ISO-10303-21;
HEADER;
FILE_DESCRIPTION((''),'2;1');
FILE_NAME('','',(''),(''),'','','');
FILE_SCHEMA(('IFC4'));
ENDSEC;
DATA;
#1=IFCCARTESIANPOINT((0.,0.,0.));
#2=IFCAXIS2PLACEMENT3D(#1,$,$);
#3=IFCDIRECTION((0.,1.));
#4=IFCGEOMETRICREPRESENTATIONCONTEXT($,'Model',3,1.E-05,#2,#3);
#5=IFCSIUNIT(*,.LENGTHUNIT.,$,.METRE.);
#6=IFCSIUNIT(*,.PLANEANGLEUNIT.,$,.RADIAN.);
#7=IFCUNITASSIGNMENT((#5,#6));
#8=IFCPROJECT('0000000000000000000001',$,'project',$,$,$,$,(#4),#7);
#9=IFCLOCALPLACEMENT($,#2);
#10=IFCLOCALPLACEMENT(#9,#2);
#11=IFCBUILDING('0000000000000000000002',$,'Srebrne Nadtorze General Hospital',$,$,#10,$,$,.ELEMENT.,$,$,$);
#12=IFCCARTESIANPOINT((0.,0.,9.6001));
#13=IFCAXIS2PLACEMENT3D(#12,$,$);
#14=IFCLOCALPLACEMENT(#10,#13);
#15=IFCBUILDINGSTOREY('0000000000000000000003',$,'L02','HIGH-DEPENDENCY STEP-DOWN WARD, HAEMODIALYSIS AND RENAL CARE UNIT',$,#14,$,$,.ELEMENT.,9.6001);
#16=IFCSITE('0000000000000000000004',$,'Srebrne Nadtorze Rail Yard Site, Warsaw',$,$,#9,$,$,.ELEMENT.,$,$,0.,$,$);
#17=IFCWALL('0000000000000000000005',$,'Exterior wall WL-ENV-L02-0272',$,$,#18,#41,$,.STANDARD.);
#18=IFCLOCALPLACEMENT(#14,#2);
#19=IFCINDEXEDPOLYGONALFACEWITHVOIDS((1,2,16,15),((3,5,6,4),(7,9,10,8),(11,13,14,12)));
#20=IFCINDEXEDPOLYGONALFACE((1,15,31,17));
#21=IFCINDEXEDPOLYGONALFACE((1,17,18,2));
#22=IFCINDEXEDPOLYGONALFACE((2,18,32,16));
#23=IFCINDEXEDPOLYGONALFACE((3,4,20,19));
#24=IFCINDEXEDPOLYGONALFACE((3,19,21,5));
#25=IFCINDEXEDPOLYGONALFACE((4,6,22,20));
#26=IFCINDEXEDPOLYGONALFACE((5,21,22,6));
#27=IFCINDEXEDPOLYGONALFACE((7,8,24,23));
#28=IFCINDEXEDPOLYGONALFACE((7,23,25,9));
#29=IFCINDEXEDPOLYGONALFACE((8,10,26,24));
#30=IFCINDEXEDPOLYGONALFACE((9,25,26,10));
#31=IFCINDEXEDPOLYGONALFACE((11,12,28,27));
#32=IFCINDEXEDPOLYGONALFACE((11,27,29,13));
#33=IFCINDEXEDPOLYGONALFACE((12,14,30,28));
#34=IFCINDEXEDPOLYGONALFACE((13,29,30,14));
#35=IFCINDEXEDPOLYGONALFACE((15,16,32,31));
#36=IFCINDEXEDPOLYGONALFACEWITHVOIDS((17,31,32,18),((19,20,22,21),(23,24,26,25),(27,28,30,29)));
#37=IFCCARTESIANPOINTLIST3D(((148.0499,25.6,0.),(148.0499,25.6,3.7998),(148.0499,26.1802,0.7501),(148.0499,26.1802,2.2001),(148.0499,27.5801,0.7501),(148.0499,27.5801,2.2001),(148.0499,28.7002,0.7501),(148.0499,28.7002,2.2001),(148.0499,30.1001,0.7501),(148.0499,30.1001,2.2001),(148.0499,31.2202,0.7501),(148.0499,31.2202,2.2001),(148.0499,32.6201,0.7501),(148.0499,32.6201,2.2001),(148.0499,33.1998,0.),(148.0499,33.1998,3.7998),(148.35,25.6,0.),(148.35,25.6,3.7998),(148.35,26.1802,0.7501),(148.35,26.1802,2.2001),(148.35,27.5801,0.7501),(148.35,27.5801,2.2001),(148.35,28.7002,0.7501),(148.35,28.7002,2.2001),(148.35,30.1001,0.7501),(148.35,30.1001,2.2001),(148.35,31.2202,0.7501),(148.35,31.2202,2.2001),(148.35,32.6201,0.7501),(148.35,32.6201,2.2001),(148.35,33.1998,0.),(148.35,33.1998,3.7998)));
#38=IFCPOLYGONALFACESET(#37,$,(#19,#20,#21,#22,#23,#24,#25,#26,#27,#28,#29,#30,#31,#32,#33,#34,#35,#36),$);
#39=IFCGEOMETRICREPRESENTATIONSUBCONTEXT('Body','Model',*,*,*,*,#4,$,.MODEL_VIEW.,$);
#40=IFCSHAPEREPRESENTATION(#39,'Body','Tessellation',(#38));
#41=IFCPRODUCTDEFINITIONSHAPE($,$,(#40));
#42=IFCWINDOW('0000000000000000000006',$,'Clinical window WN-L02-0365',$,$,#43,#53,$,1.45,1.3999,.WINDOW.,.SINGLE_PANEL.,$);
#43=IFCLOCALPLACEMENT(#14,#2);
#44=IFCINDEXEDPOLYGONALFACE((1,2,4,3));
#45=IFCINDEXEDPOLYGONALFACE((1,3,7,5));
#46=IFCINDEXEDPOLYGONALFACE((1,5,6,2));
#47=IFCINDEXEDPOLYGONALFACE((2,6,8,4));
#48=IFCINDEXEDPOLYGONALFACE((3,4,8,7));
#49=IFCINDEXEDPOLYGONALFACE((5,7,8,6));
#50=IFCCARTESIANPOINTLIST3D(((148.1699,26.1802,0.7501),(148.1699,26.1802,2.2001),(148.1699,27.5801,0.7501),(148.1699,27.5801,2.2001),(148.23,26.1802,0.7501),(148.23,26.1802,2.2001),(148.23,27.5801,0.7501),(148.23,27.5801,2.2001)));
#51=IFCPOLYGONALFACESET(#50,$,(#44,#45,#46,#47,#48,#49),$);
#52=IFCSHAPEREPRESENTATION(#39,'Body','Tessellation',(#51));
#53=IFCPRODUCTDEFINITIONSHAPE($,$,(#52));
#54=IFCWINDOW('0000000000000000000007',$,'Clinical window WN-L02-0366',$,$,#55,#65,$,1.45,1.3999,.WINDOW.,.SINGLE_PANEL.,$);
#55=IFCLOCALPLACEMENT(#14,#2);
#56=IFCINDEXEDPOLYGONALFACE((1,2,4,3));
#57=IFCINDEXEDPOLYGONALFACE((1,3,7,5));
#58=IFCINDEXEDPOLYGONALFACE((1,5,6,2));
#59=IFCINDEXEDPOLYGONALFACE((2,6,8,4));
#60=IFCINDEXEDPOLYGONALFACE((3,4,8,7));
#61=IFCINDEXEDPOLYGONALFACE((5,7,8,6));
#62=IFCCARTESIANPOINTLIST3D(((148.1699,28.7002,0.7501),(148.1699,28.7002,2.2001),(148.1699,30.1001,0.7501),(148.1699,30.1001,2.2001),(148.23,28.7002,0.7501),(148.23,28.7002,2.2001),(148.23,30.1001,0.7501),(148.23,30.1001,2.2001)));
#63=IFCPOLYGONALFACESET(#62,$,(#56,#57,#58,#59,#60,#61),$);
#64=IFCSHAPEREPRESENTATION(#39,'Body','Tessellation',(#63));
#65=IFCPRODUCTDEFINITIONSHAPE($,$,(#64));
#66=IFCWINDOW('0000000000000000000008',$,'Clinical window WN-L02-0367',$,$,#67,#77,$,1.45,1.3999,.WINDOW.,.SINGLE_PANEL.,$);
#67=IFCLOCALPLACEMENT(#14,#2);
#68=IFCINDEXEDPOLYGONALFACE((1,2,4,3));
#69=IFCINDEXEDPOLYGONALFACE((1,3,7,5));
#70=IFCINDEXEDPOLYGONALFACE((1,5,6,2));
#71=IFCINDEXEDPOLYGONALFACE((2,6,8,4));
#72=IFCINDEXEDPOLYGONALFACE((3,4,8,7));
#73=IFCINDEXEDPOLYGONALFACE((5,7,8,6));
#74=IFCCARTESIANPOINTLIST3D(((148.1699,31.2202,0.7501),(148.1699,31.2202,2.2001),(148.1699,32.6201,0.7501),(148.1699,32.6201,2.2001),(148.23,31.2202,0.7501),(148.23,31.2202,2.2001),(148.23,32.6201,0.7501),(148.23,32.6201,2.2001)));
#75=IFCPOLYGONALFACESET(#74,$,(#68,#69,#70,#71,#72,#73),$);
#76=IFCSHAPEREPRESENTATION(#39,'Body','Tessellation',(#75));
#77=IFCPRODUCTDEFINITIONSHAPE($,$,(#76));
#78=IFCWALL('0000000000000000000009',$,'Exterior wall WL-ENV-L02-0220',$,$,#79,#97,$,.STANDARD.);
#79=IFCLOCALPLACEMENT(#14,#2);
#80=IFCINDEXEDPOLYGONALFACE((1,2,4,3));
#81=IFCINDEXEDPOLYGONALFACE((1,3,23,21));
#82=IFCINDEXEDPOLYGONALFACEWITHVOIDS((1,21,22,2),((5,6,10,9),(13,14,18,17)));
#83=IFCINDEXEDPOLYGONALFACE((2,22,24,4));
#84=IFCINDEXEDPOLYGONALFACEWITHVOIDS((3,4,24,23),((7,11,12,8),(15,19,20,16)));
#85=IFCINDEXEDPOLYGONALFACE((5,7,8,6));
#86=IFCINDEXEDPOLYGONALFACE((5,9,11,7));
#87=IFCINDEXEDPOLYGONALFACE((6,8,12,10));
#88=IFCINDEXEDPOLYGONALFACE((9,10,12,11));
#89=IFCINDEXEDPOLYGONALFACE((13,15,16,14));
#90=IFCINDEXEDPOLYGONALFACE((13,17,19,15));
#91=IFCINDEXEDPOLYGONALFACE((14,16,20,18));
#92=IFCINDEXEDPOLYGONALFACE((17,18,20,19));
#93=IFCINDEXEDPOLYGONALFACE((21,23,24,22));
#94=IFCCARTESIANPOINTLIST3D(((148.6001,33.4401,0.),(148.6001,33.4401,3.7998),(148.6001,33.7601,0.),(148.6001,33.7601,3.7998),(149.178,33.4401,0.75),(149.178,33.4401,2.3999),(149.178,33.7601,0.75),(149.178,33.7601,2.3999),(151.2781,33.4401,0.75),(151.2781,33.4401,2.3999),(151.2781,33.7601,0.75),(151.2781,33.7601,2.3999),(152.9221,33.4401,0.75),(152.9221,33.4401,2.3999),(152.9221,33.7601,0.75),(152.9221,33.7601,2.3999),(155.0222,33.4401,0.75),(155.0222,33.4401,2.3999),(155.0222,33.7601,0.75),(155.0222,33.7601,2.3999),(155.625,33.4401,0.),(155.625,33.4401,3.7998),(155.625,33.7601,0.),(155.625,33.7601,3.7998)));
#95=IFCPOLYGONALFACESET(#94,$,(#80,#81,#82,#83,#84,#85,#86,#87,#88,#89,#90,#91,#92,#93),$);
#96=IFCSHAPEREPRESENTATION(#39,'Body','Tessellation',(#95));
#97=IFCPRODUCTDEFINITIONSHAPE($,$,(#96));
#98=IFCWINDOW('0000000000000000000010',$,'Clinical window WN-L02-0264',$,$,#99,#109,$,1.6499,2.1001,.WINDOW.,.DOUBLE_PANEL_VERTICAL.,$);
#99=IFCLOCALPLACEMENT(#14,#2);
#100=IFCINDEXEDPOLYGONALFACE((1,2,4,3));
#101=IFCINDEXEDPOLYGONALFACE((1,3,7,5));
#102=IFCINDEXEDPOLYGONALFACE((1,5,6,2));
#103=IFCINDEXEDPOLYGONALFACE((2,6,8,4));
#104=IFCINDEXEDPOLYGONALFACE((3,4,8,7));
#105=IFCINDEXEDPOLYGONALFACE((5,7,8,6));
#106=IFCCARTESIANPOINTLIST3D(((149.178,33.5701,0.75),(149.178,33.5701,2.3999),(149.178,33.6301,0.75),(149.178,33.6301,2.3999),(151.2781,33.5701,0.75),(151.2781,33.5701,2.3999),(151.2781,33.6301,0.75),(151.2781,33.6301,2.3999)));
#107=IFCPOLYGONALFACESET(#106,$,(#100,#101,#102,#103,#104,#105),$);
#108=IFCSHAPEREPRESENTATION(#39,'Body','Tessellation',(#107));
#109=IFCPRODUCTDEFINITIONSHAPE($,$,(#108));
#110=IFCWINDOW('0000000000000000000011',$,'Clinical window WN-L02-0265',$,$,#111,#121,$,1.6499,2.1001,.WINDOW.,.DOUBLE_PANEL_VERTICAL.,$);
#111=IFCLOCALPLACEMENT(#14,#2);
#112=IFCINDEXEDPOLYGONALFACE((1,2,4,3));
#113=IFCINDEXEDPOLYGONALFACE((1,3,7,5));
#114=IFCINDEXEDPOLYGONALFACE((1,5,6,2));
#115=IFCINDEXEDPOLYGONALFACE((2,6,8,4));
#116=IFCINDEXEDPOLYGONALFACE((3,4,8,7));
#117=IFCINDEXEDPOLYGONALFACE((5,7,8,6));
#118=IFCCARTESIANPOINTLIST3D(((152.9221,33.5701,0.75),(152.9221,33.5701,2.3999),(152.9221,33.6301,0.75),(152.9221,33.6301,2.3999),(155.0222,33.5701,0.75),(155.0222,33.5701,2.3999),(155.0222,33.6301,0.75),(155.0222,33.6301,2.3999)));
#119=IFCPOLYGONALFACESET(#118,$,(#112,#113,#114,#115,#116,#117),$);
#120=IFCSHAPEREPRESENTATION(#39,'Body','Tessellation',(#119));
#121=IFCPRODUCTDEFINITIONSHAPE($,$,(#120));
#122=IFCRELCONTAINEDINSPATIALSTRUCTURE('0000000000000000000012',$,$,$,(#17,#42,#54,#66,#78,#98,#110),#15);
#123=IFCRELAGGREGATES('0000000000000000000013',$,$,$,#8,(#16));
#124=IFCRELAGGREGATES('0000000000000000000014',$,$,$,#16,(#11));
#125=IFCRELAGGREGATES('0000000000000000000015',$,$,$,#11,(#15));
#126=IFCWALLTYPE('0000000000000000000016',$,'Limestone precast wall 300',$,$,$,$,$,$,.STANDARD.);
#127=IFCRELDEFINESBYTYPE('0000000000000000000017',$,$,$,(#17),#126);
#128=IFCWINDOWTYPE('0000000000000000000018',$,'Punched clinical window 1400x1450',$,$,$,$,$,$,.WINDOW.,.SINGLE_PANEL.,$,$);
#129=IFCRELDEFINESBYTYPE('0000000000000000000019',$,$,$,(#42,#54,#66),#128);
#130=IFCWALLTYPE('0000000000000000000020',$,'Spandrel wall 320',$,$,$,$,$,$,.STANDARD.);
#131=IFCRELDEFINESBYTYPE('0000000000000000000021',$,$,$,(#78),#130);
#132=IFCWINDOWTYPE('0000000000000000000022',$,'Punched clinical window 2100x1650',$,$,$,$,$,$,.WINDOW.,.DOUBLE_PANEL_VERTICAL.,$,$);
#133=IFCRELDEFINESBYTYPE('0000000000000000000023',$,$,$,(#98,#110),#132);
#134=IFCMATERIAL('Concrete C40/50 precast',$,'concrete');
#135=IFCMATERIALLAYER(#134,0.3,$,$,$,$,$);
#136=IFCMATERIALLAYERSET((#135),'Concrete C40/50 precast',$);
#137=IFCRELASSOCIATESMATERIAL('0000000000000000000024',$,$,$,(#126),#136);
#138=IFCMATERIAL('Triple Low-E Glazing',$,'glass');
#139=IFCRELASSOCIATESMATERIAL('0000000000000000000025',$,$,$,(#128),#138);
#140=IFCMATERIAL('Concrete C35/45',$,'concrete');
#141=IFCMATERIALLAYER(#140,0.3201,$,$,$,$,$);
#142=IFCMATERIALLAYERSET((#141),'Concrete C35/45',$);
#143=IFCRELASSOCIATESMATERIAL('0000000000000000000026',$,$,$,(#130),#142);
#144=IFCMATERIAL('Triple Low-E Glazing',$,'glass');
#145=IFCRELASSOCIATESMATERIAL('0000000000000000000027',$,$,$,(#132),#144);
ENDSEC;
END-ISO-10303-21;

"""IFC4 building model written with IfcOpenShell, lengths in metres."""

from ifc_helpers import new_model, si_unit, direction, frame, frame_2d, origin, place, context, subcontext, project, spatial, rectangle, extrude, material, layer, layer_set, type_object, element, fill, save


model = new_model("IFC4")

# Units and contexts
model_context = context("Model", 3, precision=1e-05, world=origin(), true_north=direction((0.0, 1.0)))
body_context = subcontext(model_context, "Body", "Model", "MODEL_VIEW")
ifc_project = project(units=[si_unit("LENGTHUNIT", "METRE"), si_unit("PLANEANGLEUNIT", "RADIAN")], contexts=[model_context])

# Site, building, storey
site_placement = place(None, origin())
site = spatial("IfcSite", under=ifc_project, at=site_placement, Name="Srebrne Nadtorze Rail Yard Site, Warsaw", CompositionType="ELEMENT", RefElevation=0.0)
building_placement = place(site_placement, origin())
building = spatial("IfcBuilding", under=site, at=building_placement, Name="Srebrne Nadtorze General Hospital", CompositionType="ELEMENT")
storey_placement = place(building_placement, frame((0.0, 0.0, 9.6001)))
storey = spatial("IfcBuildingStorey", under=building, at=storey_placement, Name="L02", Description="HIGH-DEPENDENCY STEP-DOWN WARD, HAEMODIALYSIS AND RENAL CARE UNIT", CompositionType="ELEMENT", Elevation=9.6001)

# Walls, openings, windows
ifc_material_1 = material(Name="Concrete C40/50 precast", Category="concrete")
ifc_layer_1 = layer(ifc_material_1, 0.3)
ifc_layer_set_1 = layer_set([ifc_layer_1], Name="Concrete C40/50 precast")
wall_type_1 = type_object("IfcWallType", Name="Limestone precast wall 300", PredefinedType="STANDARD", material=ifc_layer_set_1)
wall_1_placement = place(storey_placement, frame((148.2, 25.6001, 0.0), z_axis=(0.0, 0.0, 1.0), x_axis=(0.0, 1.0, 0.0)))
wall_1 = element("IfcWall", 1, at=wall_1_placement, inside=storey, type_object=wall_type_1, Name="Exterior wall WL-ENV-L02-0272", PredefinedType="STANDARD", context=body_context, shape_type="SweptSolid", body=[
    extrude(rectangle(XDim=7.5999, YDim=0.3, at=frame_2d((3.7998, 0.0))), origin(), (0.0, 0.0, 1.0), 3.7998),
])
opening_1_placement = place(wall_1_placement, frame((0.5801, 0.0, 0.75)))
opening_1 = element("IfcOpeningElement", 2, at=opening_1_placement, cuts=wall_1, PredefinedType="OPENING", context=body_context, shape_type="SweptSolid", body=[
    extrude(rectangle(XDim=1.3999, YDim=1.45, at=frame_2d((0.7, 0.7251))), frame((0.0, 0.1621, 0.0), z_axis=(0.0, -1.0, 0.0), x_axis=(1.0, 0.0, 0.0)), (0.0, 0.0, 1.0), 0.324),
])
opening_2_placement = place(wall_1_placement, frame((3.1001, 0.0, 0.75)))
opening_2 = element("IfcOpeningElement", 3, at=opening_2_placement, cuts=wall_1, PredefinedType="OPENING", context=body_context, shape_type="SweptSolid", body=[
    extrude(rectangle(XDim=1.3999, YDim=1.45, at=frame_2d((0.7, 0.7251))), frame((0.0, 0.1621, 0.0), z_axis=(0.0, -1.0, 0.0), x_axis=(1.0, 0.0, 0.0)), (0.0, 0.0, 1.0), 0.324),
])
opening_3_placement = place(wall_1_placement, frame((5.6201, 0.0, 0.75)))
opening_3 = element("IfcOpeningElement", 4, at=opening_3_placement, cuts=wall_1, PredefinedType="OPENING", context=body_context, shape_type="SweptSolid", body=[
    extrude(rectangle(XDim=1.3999, YDim=1.45, at=frame_2d((0.7, 0.7251))), frame((0.0, 0.1621, 0.0), z_axis=(0.0, -1.0, 0.0), x_axis=(1.0, 0.0, 0.0)), (0.0, 0.0, 1.0), 0.324),
])
ifc_material_2 = material(Name="Triple Low-E Glazing", Category="glass")
window_type_1 = type_object("IfcWindowType", Name="Punched clinical window 1400x1450", PartitioningType="SINGLE_PANEL", PredefinedType="WINDOW", material=ifc_material_2)
window_1_placement = place(opening_1_placement, origin())
window_1 = element("IfcWindow", 5, at=window_1_placement, inside=storey, type_object=window_type_1, Name="Clinical window WN-L02-0365", OverallHeight=1.45, OverallWidth=1.3999, PartitioningType="SINGLE_PANEL", PredefinedType="WINDOW", context=body_context, shape_type="SweptSolid", body=[
    extrude(rectangle(XDim=1.3999, YDim=1.45, at=frame_2d((0.7, 0.7251))), frame((0.0, 0.03, 0.0), z_axis=(0.0, -1.0, 0.0), x_axis=(1.0, 0.0, 0.0)), (0.0, 0.0, 1.0), 0.0601),
])
fill(opening_1, window_1)
window_2_placement = place(opening_2_placement, origin())
window_2 = element("IfcWindow", 6, at=window_2_placement, inside=storey, type_object=window_type_1, Name="Clinical window WN-L02-0366", OverallHeight=1.45, OverallWidth=1.3999, PartitioningType="SINGLE_PANEL", PredefinedType="WINDOW", context=body_context, shape_type="SweptSolid", body=[
    extrude(rectangle(XDim=1.3999, YDim=1.45, at=frame_2d((0.7, 0.7251))), frame((0.0, 0.03, 0.0), z_axis=(0.0, -1.0, 0.0), x_axis=(1.0, 0.0, 0.0)), (0.0, 0.0, 1.0), 0.0601),
])
fill(opening_2, window_2)
window_3_placement = place(opening_3_placement, origin())
window_3 = element("IfcWindow", 7, at=window_3_placement, inside=storey, type_object=window_type_1, Name="Clinical window WN-L02-0367", OverallHeight=1.45, OverallWidth=1.3999, PartitioningType="SINGLE_PANEL", PredefinedType="WINDOW", context=body_context, shape_type="SweptSolid", body=[
    extrude(rectangle(XDim=1.3999, YDim=1.45, at=frame_2d((0.7, 0.7251))), frame((0.0, 0.03, 0.0), z_axis=(0.0, -1.0, 0.0), x_axis=(1.0, 0.0, 0.0)), (0.0, 0.0, 1.0), 0.0601),
])
fill(opening_3, window_3)
ifc_material_3 = material(Name="Concrete C35/45", Category="concrete")
ifc_layer_2 = layer(ifc_material_3, 0.3201)
ifc_layer_set_2 = layer_set([ifc_layer_2], Name="Concrete C35/45")
wall_type_2 = type_object("IfcWallType", Name="Spandrel wall 320", PredefinedType="STANDARD", material=ifc_layer_set_2)
wall_2_placement = place(storey_placement, frame((148.6001, 33.6001, 0.0), z_axis=(0.0, 0.0, 1.0), x_axis=(1.0, 0.0, 0.0)))
wall_2 = element("IfcWall", 8, at=wall_2_placement, inside=storey, type_object=wall_type_2, Name="Exterior wall WL-ENV-L02-0220", PredefinedType="STANDARD", context=body_context, shape_type="SweptSolid", body=[
    extrude(rectangle(XDim=7.0249, YDim=0.3201, at=frame_2d((3.5125, 0.0))), origin(), (0.0, 0.0, 1.0), 3.7998),
])
opening_4_placement = place(wall_2_placement, frame((0.5779, 0.0, 0.75)))
opening_4 = element("IfcOpeningElement", 9, at=opening_4_placement, cuts=wall_2, PredefinedType="OPENING", context=body_context, shape_type="SweptSolid", body=[
    extrude(rectangle(XDim=2.1001, YDim=1.6499, at=frame_2d((1.05, 0.825))), frame((0.0, 0.1719, 0.0), z_axis=(0.0, -1.0, 0.0), x_axis=(1.0, 0.0, 0.0)), (0.0, 0.0, 1.0), 0.344),
])
opening_5_placement = place(wall_2_placement, frame((4.322, 0.0, 0.75)))
opening_5 = element("IfcOpeningElement", 10, at=opening_5_placement, cuts=wall_2, PredefinedType="OPENING", context=body_context, shape_type="SweptSolid", body=[
    extrude(rectangle(XDim=2.1001, YDim=1.6499, at=frame_2d((1.05, 0.825))), frame((0.0, 0.1719, 0.0), z_axis=(0.0, -1.0, 0.0), x_axis=(1.0, 0.0, 0.0)), (0.0, 0.0, 1.0), 0.344),
])
ifc_material_4 = material(Name="Triple Low-E Glazing", Category="glass")
window_type_2 = type_object("IfcWindowType", Name="Punched clinical window 2100x1650", PartitioningType="DOUBLE_PANEL_VERTICAL", PredefinedType="WINDOW", material=ifc_material_4)
window_4_placement = place(opening_4_placement, origin())
window_4 = element("IfcWindow", 11, at=window_4_placement, inside=storey, type_object=window_type_2, Name="Clinical window WN-L02-0264", OverallHeight=1.6499, OverallWidth=2.1001, PartitioningType="DOUBLE_PANEL_VERTICAL", PredefinedType="WINDOW", context=body_context, shape_type="SweptSolid", body=[
    extrude(rectangle(XDim=2.1001, YDim=1.6499, at=frame_2d((1.05, 0.825))), frame((0.0, 0.03, 0.0), z_axis=(0.0, -1.0, 0.0), x_axis=(1.0, 0.0, 0.0)), (0.0, 0.0, 1.0), 0.0601),
])
fill(opening_4, window_4)
window_5_placement = place(opening_5_placement, origin())
window_5 = element("IfcWindow", 12, at=window_5_placement, inside=storey, type_object=window_type_2, Name="Clinical window WN-L02-0265", OverallHeight=1.6499, OverallWidth=2.1001, PartitioningType="DOUBLE_PANEL_VERTICAL", PredefinedType="WINDOW", context=body_context, shape_type="SweptSolid", body=[
    extrude(rectangle(XDim=2.1001, YDim=1.6499, at=frame_2d((1.05, 0.825))), frame((0.0, 0.03, 0.0), z_axis=(0.0, -1.0, 0.0), x_axis=(1.0, 0.0, 0.0)), (0.0, 0.0, 1.0), 0.0601),
])
fill(opening_5, window_5)

save(model, "model.ifc")
